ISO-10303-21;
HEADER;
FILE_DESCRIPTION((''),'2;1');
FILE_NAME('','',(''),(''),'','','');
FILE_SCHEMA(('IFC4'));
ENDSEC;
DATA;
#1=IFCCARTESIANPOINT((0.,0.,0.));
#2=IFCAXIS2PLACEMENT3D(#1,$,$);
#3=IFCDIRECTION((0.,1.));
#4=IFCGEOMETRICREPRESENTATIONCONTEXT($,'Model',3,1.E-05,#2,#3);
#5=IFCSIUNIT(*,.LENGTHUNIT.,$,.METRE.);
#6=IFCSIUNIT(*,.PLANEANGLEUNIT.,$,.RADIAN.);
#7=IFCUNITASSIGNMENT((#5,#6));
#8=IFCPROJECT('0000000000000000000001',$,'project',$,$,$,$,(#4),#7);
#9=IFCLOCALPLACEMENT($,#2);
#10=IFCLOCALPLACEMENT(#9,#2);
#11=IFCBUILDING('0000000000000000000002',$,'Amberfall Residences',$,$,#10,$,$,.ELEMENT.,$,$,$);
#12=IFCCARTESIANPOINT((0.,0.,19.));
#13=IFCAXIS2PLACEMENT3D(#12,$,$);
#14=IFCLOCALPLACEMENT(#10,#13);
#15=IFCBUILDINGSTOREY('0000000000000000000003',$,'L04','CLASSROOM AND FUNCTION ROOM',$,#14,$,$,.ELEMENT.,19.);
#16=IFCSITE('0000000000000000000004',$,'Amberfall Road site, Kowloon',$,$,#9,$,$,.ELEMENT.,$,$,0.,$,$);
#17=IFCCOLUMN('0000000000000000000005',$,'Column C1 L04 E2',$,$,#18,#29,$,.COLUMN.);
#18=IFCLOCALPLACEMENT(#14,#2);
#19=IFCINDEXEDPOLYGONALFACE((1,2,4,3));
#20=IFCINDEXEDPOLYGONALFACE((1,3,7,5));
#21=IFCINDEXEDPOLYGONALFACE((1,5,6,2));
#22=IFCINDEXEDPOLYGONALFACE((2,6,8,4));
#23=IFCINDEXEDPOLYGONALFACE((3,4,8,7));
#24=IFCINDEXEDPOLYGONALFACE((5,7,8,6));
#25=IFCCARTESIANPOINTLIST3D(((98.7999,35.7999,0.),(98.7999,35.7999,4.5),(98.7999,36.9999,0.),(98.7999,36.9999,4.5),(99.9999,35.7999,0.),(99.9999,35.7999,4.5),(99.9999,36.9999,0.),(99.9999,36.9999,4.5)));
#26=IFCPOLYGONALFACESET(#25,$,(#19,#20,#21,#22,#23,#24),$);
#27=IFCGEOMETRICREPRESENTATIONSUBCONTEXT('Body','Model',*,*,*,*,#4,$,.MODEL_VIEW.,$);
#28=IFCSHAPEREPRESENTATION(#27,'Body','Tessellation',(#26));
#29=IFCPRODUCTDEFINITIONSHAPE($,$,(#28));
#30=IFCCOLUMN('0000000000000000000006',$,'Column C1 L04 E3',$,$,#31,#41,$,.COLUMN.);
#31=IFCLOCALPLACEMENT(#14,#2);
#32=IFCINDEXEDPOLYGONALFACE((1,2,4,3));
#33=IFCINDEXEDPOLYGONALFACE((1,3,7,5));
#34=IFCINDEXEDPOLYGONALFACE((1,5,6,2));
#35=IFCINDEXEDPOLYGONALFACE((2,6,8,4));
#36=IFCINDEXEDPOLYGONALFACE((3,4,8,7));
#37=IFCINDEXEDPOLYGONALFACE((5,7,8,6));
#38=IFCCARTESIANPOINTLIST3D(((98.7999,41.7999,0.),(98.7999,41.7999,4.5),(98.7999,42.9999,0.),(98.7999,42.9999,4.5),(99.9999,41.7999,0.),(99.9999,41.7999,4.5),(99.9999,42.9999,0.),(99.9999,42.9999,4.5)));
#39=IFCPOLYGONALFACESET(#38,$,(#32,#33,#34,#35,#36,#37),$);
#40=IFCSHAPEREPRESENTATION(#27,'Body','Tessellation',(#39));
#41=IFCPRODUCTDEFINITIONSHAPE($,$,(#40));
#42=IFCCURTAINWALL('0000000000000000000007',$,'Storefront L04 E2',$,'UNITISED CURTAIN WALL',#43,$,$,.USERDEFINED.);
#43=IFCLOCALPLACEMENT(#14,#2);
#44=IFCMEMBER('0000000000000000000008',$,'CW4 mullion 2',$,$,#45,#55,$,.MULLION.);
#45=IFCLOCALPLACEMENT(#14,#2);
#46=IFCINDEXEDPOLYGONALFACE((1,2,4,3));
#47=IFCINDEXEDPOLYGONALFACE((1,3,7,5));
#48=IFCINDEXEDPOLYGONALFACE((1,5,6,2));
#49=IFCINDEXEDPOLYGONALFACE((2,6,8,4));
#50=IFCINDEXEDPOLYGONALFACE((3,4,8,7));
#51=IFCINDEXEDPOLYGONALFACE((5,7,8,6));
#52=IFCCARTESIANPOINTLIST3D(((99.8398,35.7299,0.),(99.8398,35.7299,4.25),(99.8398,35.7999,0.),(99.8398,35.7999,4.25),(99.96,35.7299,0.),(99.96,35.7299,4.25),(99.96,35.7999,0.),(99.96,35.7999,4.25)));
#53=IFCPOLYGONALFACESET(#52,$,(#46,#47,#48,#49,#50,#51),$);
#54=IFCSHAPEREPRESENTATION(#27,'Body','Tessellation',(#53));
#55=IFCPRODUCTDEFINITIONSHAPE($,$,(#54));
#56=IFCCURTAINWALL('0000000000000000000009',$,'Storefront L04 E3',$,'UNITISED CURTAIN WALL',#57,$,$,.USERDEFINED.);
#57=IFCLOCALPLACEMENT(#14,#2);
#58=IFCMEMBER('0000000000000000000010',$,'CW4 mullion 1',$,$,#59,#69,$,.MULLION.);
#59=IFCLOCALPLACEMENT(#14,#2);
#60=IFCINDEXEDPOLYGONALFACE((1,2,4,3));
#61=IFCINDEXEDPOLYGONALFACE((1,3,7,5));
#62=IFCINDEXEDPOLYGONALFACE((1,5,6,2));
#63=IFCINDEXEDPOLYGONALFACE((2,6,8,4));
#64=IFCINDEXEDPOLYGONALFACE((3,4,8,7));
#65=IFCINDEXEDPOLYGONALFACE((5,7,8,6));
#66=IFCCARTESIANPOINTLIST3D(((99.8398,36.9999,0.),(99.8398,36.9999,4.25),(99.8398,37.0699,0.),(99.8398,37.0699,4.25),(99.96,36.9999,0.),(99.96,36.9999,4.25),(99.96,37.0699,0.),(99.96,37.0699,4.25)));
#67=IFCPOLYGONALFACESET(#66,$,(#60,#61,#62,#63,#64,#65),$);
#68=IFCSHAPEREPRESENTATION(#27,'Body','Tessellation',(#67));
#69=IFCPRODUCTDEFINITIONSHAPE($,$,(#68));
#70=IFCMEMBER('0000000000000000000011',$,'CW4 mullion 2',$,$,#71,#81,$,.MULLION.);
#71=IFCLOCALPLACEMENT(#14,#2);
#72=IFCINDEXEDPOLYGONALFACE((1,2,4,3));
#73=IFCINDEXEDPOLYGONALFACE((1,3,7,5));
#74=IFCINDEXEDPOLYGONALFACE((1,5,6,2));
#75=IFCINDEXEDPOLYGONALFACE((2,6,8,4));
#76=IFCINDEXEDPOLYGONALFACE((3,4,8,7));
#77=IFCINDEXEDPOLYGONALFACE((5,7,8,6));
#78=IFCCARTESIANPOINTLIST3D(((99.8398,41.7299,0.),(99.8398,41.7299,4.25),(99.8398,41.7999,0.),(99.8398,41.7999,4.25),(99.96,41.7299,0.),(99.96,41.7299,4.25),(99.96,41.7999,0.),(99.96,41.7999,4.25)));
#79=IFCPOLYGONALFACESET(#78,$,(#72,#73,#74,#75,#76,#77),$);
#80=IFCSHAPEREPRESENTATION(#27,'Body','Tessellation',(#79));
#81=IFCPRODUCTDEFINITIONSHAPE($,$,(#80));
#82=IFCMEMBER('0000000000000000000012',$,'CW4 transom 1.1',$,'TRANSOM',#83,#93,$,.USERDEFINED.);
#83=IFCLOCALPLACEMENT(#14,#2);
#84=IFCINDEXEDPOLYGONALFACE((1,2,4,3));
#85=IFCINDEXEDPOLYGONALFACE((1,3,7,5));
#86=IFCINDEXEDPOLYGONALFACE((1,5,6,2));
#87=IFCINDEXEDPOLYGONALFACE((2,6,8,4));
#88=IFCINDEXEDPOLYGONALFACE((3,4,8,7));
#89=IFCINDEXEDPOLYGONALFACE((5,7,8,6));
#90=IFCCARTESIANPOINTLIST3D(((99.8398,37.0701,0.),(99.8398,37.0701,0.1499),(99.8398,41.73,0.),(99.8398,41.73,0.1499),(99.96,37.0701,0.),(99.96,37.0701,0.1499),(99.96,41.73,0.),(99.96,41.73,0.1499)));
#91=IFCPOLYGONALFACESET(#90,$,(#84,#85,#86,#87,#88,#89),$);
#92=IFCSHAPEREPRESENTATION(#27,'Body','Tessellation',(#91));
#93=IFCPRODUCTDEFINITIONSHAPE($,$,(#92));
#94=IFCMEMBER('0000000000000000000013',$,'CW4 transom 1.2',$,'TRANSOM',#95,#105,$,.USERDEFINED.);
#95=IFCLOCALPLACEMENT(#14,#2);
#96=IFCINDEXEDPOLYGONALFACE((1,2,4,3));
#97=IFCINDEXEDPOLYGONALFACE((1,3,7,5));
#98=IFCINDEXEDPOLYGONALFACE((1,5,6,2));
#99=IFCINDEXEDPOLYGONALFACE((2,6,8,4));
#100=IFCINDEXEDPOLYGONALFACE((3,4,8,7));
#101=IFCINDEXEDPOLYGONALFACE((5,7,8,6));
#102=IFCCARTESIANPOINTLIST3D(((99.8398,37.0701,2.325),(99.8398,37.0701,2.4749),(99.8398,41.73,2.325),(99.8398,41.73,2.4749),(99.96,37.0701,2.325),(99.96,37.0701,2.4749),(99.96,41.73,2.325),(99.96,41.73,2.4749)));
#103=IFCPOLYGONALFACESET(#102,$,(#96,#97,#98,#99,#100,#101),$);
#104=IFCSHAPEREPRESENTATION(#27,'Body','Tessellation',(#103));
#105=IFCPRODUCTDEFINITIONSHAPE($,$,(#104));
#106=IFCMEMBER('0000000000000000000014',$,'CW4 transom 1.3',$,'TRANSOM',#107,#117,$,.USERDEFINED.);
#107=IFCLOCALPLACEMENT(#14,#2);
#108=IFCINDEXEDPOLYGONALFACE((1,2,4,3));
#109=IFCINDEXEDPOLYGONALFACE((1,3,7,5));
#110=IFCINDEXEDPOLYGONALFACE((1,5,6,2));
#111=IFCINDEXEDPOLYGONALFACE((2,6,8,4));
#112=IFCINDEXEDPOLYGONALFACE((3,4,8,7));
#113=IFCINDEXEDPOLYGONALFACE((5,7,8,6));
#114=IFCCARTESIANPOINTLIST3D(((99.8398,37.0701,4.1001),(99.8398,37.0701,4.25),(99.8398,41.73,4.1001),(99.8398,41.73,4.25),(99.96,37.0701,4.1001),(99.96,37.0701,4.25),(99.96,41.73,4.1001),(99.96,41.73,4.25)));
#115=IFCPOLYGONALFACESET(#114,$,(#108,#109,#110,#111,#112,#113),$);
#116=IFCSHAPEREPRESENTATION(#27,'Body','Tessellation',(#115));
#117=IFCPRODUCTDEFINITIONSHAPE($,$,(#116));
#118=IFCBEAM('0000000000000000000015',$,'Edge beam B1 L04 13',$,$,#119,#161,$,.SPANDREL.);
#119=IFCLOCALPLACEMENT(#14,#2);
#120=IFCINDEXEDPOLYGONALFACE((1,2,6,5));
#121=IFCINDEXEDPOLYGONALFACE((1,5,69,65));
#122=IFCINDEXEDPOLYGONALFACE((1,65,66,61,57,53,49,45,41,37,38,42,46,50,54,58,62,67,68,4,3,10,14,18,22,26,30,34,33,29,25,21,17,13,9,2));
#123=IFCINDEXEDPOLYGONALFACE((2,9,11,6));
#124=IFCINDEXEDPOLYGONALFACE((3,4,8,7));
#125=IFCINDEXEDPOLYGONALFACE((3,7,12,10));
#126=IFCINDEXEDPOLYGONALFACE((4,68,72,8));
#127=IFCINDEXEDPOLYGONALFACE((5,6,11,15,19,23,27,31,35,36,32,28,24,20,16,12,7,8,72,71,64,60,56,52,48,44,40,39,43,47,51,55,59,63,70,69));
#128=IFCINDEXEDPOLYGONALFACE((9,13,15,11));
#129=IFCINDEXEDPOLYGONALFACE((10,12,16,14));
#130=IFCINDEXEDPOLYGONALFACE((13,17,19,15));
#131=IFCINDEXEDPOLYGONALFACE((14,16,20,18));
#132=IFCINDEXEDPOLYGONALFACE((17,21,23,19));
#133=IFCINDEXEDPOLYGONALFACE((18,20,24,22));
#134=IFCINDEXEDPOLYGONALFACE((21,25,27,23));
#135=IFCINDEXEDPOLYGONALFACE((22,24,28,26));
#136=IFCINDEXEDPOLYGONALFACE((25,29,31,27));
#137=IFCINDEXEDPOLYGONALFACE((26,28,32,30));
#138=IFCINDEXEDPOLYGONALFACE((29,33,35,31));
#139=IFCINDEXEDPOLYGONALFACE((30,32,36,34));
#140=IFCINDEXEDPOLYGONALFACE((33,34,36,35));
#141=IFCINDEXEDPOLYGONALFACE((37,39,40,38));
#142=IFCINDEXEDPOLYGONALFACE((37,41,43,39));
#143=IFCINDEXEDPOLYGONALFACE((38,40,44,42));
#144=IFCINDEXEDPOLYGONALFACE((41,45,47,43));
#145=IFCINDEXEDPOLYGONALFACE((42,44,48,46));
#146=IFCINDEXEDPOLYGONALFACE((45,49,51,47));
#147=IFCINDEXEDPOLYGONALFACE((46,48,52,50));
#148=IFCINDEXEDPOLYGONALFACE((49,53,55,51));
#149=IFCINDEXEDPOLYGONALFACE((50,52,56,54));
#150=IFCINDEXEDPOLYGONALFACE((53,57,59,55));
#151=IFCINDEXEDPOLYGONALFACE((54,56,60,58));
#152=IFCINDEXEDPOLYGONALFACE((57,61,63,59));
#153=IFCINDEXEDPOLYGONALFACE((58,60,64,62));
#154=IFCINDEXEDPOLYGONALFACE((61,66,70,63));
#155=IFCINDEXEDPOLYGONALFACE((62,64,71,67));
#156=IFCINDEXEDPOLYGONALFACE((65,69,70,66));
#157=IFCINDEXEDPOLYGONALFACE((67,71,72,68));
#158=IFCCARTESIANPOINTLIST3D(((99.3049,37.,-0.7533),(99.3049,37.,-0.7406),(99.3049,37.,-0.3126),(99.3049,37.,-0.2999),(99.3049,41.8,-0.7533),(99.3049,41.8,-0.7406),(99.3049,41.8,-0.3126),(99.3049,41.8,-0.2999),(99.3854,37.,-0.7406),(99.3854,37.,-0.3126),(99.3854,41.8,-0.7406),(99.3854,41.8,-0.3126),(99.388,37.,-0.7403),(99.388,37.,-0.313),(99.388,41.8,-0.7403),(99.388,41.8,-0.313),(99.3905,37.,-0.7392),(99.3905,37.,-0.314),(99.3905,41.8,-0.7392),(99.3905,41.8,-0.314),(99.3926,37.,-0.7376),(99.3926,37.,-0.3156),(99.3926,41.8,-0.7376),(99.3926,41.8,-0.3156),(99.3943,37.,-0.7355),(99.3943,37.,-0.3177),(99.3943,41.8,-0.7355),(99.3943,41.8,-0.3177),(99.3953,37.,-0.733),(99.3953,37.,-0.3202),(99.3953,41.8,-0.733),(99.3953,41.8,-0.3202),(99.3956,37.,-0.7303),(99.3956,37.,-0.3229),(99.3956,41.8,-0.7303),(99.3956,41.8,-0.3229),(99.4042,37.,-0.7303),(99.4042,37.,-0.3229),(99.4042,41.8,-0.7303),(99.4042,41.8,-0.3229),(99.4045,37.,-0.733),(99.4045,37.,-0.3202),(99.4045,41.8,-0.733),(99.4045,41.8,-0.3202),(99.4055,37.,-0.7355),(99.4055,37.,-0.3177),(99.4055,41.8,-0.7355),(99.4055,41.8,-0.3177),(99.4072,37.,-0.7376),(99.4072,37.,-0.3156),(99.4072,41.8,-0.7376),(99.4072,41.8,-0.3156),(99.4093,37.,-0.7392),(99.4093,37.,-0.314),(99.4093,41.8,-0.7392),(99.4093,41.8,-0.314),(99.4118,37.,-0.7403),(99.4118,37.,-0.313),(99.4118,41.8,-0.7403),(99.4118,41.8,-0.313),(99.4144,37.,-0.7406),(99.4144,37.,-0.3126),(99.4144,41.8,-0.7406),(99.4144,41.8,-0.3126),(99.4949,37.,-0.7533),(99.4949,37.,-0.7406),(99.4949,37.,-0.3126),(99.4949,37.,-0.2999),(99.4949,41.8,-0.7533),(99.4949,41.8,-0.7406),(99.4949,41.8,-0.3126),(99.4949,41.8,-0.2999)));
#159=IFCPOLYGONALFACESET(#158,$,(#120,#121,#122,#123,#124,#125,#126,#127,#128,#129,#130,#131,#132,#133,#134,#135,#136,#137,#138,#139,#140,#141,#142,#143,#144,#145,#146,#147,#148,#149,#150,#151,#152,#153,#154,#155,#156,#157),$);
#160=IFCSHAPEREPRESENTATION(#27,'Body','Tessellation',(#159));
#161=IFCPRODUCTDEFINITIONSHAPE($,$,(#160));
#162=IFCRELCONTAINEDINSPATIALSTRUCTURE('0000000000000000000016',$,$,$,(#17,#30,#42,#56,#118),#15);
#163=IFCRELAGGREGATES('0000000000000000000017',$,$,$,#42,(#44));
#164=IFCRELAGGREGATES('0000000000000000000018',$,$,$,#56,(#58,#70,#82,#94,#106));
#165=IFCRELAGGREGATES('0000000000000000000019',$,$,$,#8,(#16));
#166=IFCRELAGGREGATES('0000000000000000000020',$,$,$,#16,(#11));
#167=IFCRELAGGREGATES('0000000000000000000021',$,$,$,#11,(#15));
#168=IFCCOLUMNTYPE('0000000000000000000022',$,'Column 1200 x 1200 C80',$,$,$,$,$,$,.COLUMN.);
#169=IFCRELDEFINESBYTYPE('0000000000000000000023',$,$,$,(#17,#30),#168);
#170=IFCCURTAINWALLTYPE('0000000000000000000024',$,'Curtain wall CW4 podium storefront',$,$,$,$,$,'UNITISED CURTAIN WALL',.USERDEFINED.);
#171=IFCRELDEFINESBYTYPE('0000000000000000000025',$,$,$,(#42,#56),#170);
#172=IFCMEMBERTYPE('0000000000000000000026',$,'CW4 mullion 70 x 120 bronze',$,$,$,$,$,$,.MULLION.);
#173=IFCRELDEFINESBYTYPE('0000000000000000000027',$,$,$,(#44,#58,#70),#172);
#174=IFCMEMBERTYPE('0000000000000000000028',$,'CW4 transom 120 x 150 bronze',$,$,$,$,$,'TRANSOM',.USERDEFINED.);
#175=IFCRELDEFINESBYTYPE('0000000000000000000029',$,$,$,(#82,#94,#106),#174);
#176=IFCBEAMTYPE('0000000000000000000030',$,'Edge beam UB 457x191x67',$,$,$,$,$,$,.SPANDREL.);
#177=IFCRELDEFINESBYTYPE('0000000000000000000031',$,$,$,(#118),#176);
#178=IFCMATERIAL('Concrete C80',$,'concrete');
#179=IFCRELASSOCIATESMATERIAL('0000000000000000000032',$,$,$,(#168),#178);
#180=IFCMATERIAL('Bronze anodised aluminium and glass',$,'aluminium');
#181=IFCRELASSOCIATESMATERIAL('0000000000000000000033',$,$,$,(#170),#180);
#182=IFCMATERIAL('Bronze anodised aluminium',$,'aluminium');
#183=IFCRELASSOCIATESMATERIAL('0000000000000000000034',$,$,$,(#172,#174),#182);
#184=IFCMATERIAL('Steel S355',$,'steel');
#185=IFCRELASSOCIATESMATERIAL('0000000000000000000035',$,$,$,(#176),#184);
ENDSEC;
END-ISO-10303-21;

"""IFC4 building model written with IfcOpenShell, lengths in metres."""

from ifc_helpers import new_model, si_unit, direction, frame, origin, origin_2d, place, context, subcontext, project, spatial, rectangle, i_section, extrude, material, material_profile, profile_set, type_object, element, aggregate, save


model = new_model("IFC4")

# Units and contexts
model_context = context("Model", 3, precision=1e-05, world=origin(), true_north=direction((0.0, 1.0)))
body_context = subcontext(model_context, "Body", "Model", "MODEL_VIEW")
ifc_project = project(units=[si_unit("LENGTHUNIT", "METRE"), si_unit("PLANEANGLEUNIT", "RADIAN")], contexts=[model_context])

# Site, building, storey
site_placement = place(None, origin())
site = spatial("IfcSite", under=ifc_project, at=site_placement, Name="Amberfall Road site, Kowloon", CompositionType="ELEMENT", RefElevation=0.0)
building_placement = place(site_placement, origin())
building = spatial("IfcBuilding", under=site, at=building_placement, Name="Amberfall Residences", CompositionType="ELEMENT")
storey_placement = place(building_placement, frame((0.0, 0.0, 19.0)))
storey = spatial("IfcBuildingStorey", under=building, at=storey_placement, Name="L04", Description="CLASSROOM AND FUNCTION ROOM", CompositionType="ELEMENT", Elevation=19.0)

# Columns
ifc_material_1 = material(Name="Concrete C80", Category="concrete")
ifc_material_profile_1 = material_profile(ifc_material_1, rectangle(XDim=1.2, YDim=1.2, at=origin_2d()), Name="Column 1200 x 1200 C80")
ifc_profile_set_1 = profile_set([ifc_material_profile_1], Name="Concrete C80")
column_type = type_object("IfcColumnType", Name="Column 1200 x 1200 C80", PredefinedType="COLUMN", material=ifc_profile_set_1)
for number, where, z_axis, x_axis, name in (
    (1, (99.3999, 36.3999, 0.0), (0.0, 0.0, 1.0), (1.0, 0.0, 0.0), "Column C1 L04 E2"),
    (2, (99.3999, 42.3999, 0.0), (0.0, 0.0, 1.0), (1.0, 0.0, 0.0), "Column C1 L04 E3"),
):
    element("IfcColumn", number, at=place(storey_placement, frame(where, z_axis=z_axis, x_axis=x_axis)), inside=storey, type_object=column_type, Name=name, PredefinedType="COLUMN", context=body_context, shape_type="SweptSolid", body=[
        extrude(rectangle(XDim=1.2, YDim=1.2, at=origin_2d()), origin(), (0.0, 0.0, 1.0), 4.5),
    ])

# Curtain wall, member
ifc_material_2 = material(Name="Bronze anodised aluminium and glass", Category="aluminium")
curtain_wall_type = type_object("IfcCurtainWallType", Name="Curtain wall CW4 podium storefront", ElementType="UNITISED CURTAIN WALL", PredefinedType="USERDEFINED", material=ifc_material_2)
curtain_wall_1_placement = place(storey_placement, origin())
curtain_wall_1 = element("IfcCurtainWall", 3, at=curtain_wall_1_placement, inside=storey, type_object=curtain_wall_type, Name="Storefront L04 E2", ObjectType="UNITISED CURTAIN WALL", PredefinedType="USERDEFINED")
ifc_material_3 = material(Name="Bronze anodised aluminium", Category="aluminium")
ifc_material_profile_2 = material_profile(ifc_material_3, rectangle(XDim=0.1201, YDim=0.0701, at=origin_2d()), Name="CW4 mullion 70 x 120 bronze")
ifc_profile_set_2 = profile_set([ifc_material_profile_2], Name="Bronze anodised aluminium")
member_type_1 = type_object("IfcMemberType", Name="CW4 mullion 70 x 120 bronze", PredefinedType="MULLION", material=ifc_profile_set_2)
member_1_placement = place(storey_placement, frame((99.8999, 35.7649, 0.0), z_axis=(0.0, 0.0, 1.0), x_axis=(-1.0, 0.0, 0.0)))
member_1 = element("IfcMember", 4, at=member_1_placement, type_object=member_type_1, Name="CW4 mullion 2", PredefinedType="MULLION", context=body_context, shape_type="SweptSolid", body=[
    extrude(rectangle(XDim=0.1201, YDim=0.0701, at=origin_2d()), origin(), (0.0, 0.0, 1.0), 4.25),
])

# Curtain wall, members
curtain_wall_2_placement = place(storey_placement, origin())
curtain_wall_2 = element("IfcCurtainWall", 5, at=curtain_wall_2_placement, inside=storey, type_object=curtain_wall_type, Name="Storefront L04 E3", ObjectType="UNITISED CURTAIN WALL", PredefinedType="USERDEFINED")
member_2_placement = place(storey_placement, frame((99.8999, 37.0349, 0.0), z_axis=(0.0, 0.0, 1.0), x_axis=(-1.0, 0.0, 0.0)))
member_2 = element("IfcMember", 6, at=member_2_placement, type_object=member_type_1, Name="CW4 mullion 1", PredefinedType="MULLION", context=body_context, shape_type="SweptSolid", body=[
    extrude(rectangle(XDim=0.1201, YDim=0.0701, at=origin_2d()), origin(), (0.0, 0.0, 1.0), 4.25),
])
member_3_placement = place(storey_placement, frame((99.8999, 41.7649, 0.0), z_axis=(0.0, 0.0, 1.0), x_axis=(-1.0, 0.0, 0.0)))
member_3 = element("IfcMember", 7, at=member_3_placement, type_object=member_type_1, Name="CW4 mullion 2", PredefinedType="MULLION", context=body_context, shape_type="SweptSolid", body=[
    extrude(rectangle(XDim=0.1201, YDim=0.0701, at=origin_2d()), origin(), (0.0, 0.0, 1.0), 4.25),
])
ifc_material_profile_3 = material_profile(ifc_material_3, rectangle(XDim=0.1201, YDim=0.1499, at=origin_2d()), Name="CW4 transom 120 x 150 bronze")
ifc_profile_set_3 = profile_set([ifc_material_profile_3], Name="Bronze anodised aluminium")
member_type_2 = type_object("IfcMemberType", Name="CW4 transom 120 x 150 bronze", ElementType="TRANSOM", PredefinedType="USERDEFINED", material=ifc_profile_set_3)
member_4_placement = place(storey_placement, frame((99.8999, 37.0701, 0.075), z_axis=(0.0, 1.0, 0.0), x_axis=(-1.0, 0.0, 0.0)))
member_4 = element("IfcMember", 8, at=member_4_placement, type_object=member_type_2, Name="CW4 transom 1.1", ObjectType="TRANSOM", PredefinedType="USERDEFINED", context=body_context, shape_type="SweptSolid", body=[
    extrude(rectangle(XDim=0.1201, YDim=0.1499, at=origin_2d()), origin(), (0.0, 0.0, 1.0), 4.6599),
])
member_5_placement = place(storey_placement, frame((99.8999, 37.0701, 2.3999), z_axis=(0.0, 1.0, 0.0), x_axis=(-1.0, 0.0, 0.0)))
member_5 = element("IfcMember", 9, at=member_5_placement, type_object=member_type_2, Name="CW4 transom 1.2", ObjectType="TRANSOM", PredefinedType="USERDEFINED", context=body_context, shape_type="SweptSolid", body=[
    extrude(rectangle(XDim=0.1201, YDim=0.1499, at=origin_2d()), origin(), (0.0, 0.0, 1.0), 4.6599),
])
member_6_placement = place(storey_placement, frame((99.8999, 37.0701, 4.175), z_axis=(0.0, 1.0, 0.0), x_axis=(-1.0, 0.0, 0.0)))
member_6 = element("IfcMember", 10, at=member_6_placement, type_object=member_type_2, Name="CW4 transom 1.3", ObjectType="TRANSOM", PredefinedType="USERDEFINED", context=body_context, shape_type="SweptSolid", body=[
    extrude(rectangle(XDim=0.1201, YDim=0.1499, at=origin_2d()), origin(), (0.0, 0.0, 1.0), 4.6599),
])

# Beam
ifc_material_4 = material(Name="Steel S355", Category="steel")
ifc_material_profile_4 = material_profile(ifc_material_4, i_section(OverallWidth=0.1899, OverallDepth=0.4534, WebThickness=0.0085, FlangeThickness=0.0127, FilletRadius=0.0103, at=origin_2d()), Name="UB 457x191x67")
ifc_profile_set_4 = profile_set([ifc_material_profile_4], Name="Steel S355")
beam_type_1 = type_object("IfcBeamType", Name="Edge beam UB 457x191x67", PredefinedType="SPANDREL", material=ifc_profile_set_4)
beam_placement = place(storey_placement, frame((99.3999, 37.0, -0.5266), z_axis=(0.0, 1.0, 0.0), x_axis=(-1.0, 0.0, 0.0)))
element("IfcBeam", 11, at=beam_placement, inside=storey, type_object=beam_type_1, Name="Edge beam B1 L04 13", PredefinedType="SPANDREL", context=body_context, shape_type="SweptSolid", body=[
    extrude(i_section(OverallWidth=0.1899, OverallDepth=0.4534, WebThickness=0.0085, FlangeThickness=0.0127, FilletRadius=0.0103, at=origin_2d()), origin(), (0.0, 0.0, 1.0), 4.8),
])

aggregate(curtain_wall_1, [member_1])
aggregate(curtain_wall_2, [member_2, member_3, member_4, member_5, member_6])

save(model, "model.ifc")
